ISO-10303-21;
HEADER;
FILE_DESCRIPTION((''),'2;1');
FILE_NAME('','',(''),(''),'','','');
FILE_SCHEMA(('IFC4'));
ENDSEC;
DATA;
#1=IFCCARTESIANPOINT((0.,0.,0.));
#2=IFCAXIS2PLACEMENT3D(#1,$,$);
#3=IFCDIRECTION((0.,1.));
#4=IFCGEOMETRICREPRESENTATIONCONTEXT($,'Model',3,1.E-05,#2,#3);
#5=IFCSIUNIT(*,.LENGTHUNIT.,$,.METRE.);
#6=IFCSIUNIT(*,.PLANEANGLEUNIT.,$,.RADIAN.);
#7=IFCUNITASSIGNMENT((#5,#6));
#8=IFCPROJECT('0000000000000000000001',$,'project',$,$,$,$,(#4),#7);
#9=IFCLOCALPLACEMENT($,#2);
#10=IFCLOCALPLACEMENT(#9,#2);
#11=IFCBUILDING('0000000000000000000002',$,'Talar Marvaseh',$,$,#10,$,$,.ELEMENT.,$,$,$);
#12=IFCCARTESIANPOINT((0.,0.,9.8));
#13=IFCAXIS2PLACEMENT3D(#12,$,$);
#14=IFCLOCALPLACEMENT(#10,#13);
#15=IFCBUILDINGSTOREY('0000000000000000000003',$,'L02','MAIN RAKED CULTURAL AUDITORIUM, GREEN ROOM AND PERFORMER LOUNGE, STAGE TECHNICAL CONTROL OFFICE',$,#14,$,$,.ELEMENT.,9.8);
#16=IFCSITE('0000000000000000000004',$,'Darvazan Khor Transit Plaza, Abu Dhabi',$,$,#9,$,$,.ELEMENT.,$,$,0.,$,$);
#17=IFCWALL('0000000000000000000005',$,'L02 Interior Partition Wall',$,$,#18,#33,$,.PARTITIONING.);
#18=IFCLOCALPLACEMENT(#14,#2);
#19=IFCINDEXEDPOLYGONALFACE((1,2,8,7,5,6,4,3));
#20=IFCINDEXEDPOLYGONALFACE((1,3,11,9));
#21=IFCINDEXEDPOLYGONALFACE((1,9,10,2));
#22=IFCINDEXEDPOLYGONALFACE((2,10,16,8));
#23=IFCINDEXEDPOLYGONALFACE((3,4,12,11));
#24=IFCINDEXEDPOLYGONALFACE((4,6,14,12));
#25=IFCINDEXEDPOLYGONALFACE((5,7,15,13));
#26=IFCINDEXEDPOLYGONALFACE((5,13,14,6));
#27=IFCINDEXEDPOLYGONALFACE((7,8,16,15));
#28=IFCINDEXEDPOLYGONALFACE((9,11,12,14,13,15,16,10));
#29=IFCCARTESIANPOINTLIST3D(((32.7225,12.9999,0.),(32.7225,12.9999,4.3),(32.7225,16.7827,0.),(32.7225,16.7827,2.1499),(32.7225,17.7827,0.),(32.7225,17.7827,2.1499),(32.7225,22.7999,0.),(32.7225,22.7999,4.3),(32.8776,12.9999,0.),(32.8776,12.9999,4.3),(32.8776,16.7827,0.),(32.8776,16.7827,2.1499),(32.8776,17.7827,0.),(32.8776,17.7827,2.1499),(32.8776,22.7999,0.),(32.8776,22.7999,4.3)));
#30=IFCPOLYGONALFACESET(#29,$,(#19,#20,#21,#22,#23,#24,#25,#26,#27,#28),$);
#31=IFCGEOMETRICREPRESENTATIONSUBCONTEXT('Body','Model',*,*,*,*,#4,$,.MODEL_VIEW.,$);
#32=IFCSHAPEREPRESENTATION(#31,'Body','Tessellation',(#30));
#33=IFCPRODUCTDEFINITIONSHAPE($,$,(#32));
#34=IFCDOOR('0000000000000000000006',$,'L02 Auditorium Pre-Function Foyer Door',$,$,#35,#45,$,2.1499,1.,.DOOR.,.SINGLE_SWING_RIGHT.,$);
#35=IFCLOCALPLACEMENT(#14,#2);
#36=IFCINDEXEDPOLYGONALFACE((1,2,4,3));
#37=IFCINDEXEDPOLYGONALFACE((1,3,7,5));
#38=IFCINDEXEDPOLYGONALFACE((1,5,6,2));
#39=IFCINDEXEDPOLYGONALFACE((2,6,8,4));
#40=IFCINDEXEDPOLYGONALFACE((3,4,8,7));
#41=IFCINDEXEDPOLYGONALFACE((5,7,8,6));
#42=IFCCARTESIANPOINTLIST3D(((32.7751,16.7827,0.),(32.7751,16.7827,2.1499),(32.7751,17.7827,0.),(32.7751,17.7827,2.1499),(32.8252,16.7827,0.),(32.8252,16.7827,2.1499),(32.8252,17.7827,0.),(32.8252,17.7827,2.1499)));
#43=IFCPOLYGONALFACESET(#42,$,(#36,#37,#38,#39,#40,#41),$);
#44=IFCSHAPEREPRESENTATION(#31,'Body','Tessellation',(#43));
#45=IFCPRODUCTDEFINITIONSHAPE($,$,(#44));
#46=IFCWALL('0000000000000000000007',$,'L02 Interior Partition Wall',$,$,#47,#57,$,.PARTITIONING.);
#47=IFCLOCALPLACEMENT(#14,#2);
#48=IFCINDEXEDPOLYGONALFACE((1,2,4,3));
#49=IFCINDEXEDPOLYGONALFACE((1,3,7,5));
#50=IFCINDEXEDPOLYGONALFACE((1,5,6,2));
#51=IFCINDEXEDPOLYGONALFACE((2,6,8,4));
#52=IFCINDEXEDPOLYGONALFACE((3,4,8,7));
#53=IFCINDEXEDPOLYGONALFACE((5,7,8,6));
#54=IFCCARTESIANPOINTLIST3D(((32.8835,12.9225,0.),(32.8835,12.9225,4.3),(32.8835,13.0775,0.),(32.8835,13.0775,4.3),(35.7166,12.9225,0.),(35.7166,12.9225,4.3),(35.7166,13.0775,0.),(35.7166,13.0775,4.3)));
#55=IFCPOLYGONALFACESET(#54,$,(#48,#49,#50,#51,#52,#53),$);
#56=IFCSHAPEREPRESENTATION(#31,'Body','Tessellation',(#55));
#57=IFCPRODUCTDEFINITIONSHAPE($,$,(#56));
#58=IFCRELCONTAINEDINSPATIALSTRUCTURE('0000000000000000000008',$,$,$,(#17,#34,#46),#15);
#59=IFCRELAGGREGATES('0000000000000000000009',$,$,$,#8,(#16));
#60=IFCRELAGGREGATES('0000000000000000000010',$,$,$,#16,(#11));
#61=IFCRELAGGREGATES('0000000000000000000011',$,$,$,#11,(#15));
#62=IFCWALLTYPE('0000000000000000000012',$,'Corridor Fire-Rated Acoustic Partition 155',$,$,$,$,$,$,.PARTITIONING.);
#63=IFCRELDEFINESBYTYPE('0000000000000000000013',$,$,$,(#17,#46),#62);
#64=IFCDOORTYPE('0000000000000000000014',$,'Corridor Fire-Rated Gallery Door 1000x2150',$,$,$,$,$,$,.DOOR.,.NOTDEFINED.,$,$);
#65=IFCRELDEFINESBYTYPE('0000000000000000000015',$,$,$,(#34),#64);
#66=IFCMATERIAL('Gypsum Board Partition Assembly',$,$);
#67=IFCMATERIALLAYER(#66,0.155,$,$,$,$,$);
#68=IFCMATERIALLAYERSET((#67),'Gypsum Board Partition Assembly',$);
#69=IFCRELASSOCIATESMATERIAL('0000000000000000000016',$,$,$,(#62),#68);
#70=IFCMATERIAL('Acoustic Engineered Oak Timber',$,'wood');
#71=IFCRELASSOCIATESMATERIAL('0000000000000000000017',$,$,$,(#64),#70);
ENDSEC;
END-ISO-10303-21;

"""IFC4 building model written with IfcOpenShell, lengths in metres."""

from ifc_helpers import new_model, si_unit, direction, frame, frame_2d, origin, place, context, subcontext, project, spatial, rectangle, extrude, source, transform, mapped, material, layer, layer_set, type_object, type_shapes, element, fill, save


model = new_model("IFC4")

# Units and contexts
model_context = context("Model", 3, precision=1e-05, world=origin(), true_north=direction((0.0, 1.0)))
body_context = subcontext(model_context, "Body", "Model", "MODEL_VIEW")
ifc_project = project(units=[si_unit("LENGTHUNIT", "METRE"), si_unit("PLANEANGLEUNIT", "RADIAN")], contexts=[model_context])

# Site, building, storey
site_placement = place(None, origin())
site = spatial("IfcSite", under=ifc_project, at=site_placement, Name="Darvazan Khor Transit Plaza, Abu Dhabi", CompositionType="ELEMENT", RefElevation=0.0)
building_placement = place(site_placement, origin())
building = spatial("IfcBuilding", under=site, at=building_placement, Name="Talar Marvaseh", CompositionType="ELEMENT")
storey_placement = place(building_placement, frame((0.0, 0.0, 9.8)))
storey = spatial("IfcBuildingStorey", under=building, at=storey_placement, Name="L02", Description="MAIN RAKED CULTURAL AUDITORIUM, GREEN ROOM AND PERFORMER LOUNGE, STAGE TECHNICAL CONTROL OFFICE", CompositionType="ELEMENT", Elevation=9.8)

# Wall, opening, door
ifc_material_1 = material(Name="Gypsum Board Partition Assembly")
ifc_layer_1 = layer(ifc_material_1, 0.155)
ifc_layer_set_1 = layer_set([ifc_layer_1], Name="Gypsum Board Partition Assembly")
wall_type_1 = type_object("IfcWallType", Name="Corridor Fire-Rated Acoustic Partition 155", PredefinedType="PARTITIONING", material=ifc_layer_set_1)
wall_1_placement = place(storey_placement, frame((32.8, 13.0, 0.0), z_axis=(0.0, 0.0, 1.0), x_axis=(0.0, 1.0, 0.0)))
wall_1 = element("IfcWall", 1, at=wall_1_placement, inside=storey, type_object=wall_type_1, Name="L02 Interior Partition Wall", PredefinedType="PARTITIONING", context=body_context, shape_type="SweptSolid", body=[
    extrude(rectangle(XDim=9.8, YDim=0.155, at=frame_2d((4.8999, 0.0))), origin(), (0.0, 0.0, 1.0), 4.3),
])
opening_1_placement = place(wall_1_placement, frame((3.7827, 0.0, 0.0)))
opening_1 = element("IfcOpeningElement", 2, at=opening_1_placement, cuts=wall_1, PredefinedType="OPENING", context=body_context, shape_type="SweptSolid", body=[
    extrude(rectangle(XDim=1.0, YDim=2.1499, at=frame_2d((0.5, 1.075))), frame((0.0, 0.0874, 0.0), z_axis=(0.0, -1.0, 0.0), x_axis=(1.0, 0.0, 0.0)), (0.0, 0.0, 1.0), 0.175),
])
ifc_material_2 = material(Name="Acoustic Engineered Oak Timber", Category="wood")
door_type = type_object("IfcDoorType", Name="Corridor Fire-Rated Gallery Door 1000x2150", OperationType="NOTDEFINED", PredefinedType="DOOR", material=ifc_material_2)
shared_shape_1 = source(origin(), body_context, "Body", "SweptSolid", [
    extrude(rectangle(XDim=1.0, YDim=2.1499, at=frame_2d((0.5, 1.075))), frame((0.0, 0.0249, 0.0), z_axis=(0.0, -1.0, 0.0), x_axis=(1.0, 0.0, 0.0)), (0.0, 0.0, 1.0), 0.05),
])
type_shapes(door_type, [shared_shape_1])
door_placement = place(opening_1_placement, origin())
door = element("IfcDoor", 3, at=door_placement, inside=storey, type_object=door_type, Name="L02 Auditorium Pre-Function Foyer Door", OperationType="SINGLE_SWING_RIGHT", OverallHeight=2.1499, OverallWidth=1.0, PredefinedType="DOOR", context=body_context, shape_type="MappedRepresentation", body=[
    mapped(shared_shape_1, transform((0.0, 0.0, 0.0), x_axis=(1.0, 0.0, 0.0), y_axis=(0.0, 1.0, 0.0), z_axis=(0.0, 0.0, 1.0), scale=1.0)),
])
fill(opening_1, door)

# Wall
wall_2_placement = place(storey_placement, frame((35.7166, 13.0, 0.0), z_axis=(0.0, 0.0, 1.0), x_axis=(-1.0, 0.0, 0.0)))
element("IfcWall", 4, at=wall_2_placement, inside=storey, type_object=wall_type_1, Name="L02 Interior Partition Wall", PredefinedType="PARTITIONING", context=body_context, shape_type="SweptSolid", body=[
    extrude(rectangle(XDim=2.833, YDim=0.155, at=frame_2d((1.4165, 0.0))), origin(), (0.0, 0.0, 1.0), 4.3),
])

save(model, "model.ifc")
